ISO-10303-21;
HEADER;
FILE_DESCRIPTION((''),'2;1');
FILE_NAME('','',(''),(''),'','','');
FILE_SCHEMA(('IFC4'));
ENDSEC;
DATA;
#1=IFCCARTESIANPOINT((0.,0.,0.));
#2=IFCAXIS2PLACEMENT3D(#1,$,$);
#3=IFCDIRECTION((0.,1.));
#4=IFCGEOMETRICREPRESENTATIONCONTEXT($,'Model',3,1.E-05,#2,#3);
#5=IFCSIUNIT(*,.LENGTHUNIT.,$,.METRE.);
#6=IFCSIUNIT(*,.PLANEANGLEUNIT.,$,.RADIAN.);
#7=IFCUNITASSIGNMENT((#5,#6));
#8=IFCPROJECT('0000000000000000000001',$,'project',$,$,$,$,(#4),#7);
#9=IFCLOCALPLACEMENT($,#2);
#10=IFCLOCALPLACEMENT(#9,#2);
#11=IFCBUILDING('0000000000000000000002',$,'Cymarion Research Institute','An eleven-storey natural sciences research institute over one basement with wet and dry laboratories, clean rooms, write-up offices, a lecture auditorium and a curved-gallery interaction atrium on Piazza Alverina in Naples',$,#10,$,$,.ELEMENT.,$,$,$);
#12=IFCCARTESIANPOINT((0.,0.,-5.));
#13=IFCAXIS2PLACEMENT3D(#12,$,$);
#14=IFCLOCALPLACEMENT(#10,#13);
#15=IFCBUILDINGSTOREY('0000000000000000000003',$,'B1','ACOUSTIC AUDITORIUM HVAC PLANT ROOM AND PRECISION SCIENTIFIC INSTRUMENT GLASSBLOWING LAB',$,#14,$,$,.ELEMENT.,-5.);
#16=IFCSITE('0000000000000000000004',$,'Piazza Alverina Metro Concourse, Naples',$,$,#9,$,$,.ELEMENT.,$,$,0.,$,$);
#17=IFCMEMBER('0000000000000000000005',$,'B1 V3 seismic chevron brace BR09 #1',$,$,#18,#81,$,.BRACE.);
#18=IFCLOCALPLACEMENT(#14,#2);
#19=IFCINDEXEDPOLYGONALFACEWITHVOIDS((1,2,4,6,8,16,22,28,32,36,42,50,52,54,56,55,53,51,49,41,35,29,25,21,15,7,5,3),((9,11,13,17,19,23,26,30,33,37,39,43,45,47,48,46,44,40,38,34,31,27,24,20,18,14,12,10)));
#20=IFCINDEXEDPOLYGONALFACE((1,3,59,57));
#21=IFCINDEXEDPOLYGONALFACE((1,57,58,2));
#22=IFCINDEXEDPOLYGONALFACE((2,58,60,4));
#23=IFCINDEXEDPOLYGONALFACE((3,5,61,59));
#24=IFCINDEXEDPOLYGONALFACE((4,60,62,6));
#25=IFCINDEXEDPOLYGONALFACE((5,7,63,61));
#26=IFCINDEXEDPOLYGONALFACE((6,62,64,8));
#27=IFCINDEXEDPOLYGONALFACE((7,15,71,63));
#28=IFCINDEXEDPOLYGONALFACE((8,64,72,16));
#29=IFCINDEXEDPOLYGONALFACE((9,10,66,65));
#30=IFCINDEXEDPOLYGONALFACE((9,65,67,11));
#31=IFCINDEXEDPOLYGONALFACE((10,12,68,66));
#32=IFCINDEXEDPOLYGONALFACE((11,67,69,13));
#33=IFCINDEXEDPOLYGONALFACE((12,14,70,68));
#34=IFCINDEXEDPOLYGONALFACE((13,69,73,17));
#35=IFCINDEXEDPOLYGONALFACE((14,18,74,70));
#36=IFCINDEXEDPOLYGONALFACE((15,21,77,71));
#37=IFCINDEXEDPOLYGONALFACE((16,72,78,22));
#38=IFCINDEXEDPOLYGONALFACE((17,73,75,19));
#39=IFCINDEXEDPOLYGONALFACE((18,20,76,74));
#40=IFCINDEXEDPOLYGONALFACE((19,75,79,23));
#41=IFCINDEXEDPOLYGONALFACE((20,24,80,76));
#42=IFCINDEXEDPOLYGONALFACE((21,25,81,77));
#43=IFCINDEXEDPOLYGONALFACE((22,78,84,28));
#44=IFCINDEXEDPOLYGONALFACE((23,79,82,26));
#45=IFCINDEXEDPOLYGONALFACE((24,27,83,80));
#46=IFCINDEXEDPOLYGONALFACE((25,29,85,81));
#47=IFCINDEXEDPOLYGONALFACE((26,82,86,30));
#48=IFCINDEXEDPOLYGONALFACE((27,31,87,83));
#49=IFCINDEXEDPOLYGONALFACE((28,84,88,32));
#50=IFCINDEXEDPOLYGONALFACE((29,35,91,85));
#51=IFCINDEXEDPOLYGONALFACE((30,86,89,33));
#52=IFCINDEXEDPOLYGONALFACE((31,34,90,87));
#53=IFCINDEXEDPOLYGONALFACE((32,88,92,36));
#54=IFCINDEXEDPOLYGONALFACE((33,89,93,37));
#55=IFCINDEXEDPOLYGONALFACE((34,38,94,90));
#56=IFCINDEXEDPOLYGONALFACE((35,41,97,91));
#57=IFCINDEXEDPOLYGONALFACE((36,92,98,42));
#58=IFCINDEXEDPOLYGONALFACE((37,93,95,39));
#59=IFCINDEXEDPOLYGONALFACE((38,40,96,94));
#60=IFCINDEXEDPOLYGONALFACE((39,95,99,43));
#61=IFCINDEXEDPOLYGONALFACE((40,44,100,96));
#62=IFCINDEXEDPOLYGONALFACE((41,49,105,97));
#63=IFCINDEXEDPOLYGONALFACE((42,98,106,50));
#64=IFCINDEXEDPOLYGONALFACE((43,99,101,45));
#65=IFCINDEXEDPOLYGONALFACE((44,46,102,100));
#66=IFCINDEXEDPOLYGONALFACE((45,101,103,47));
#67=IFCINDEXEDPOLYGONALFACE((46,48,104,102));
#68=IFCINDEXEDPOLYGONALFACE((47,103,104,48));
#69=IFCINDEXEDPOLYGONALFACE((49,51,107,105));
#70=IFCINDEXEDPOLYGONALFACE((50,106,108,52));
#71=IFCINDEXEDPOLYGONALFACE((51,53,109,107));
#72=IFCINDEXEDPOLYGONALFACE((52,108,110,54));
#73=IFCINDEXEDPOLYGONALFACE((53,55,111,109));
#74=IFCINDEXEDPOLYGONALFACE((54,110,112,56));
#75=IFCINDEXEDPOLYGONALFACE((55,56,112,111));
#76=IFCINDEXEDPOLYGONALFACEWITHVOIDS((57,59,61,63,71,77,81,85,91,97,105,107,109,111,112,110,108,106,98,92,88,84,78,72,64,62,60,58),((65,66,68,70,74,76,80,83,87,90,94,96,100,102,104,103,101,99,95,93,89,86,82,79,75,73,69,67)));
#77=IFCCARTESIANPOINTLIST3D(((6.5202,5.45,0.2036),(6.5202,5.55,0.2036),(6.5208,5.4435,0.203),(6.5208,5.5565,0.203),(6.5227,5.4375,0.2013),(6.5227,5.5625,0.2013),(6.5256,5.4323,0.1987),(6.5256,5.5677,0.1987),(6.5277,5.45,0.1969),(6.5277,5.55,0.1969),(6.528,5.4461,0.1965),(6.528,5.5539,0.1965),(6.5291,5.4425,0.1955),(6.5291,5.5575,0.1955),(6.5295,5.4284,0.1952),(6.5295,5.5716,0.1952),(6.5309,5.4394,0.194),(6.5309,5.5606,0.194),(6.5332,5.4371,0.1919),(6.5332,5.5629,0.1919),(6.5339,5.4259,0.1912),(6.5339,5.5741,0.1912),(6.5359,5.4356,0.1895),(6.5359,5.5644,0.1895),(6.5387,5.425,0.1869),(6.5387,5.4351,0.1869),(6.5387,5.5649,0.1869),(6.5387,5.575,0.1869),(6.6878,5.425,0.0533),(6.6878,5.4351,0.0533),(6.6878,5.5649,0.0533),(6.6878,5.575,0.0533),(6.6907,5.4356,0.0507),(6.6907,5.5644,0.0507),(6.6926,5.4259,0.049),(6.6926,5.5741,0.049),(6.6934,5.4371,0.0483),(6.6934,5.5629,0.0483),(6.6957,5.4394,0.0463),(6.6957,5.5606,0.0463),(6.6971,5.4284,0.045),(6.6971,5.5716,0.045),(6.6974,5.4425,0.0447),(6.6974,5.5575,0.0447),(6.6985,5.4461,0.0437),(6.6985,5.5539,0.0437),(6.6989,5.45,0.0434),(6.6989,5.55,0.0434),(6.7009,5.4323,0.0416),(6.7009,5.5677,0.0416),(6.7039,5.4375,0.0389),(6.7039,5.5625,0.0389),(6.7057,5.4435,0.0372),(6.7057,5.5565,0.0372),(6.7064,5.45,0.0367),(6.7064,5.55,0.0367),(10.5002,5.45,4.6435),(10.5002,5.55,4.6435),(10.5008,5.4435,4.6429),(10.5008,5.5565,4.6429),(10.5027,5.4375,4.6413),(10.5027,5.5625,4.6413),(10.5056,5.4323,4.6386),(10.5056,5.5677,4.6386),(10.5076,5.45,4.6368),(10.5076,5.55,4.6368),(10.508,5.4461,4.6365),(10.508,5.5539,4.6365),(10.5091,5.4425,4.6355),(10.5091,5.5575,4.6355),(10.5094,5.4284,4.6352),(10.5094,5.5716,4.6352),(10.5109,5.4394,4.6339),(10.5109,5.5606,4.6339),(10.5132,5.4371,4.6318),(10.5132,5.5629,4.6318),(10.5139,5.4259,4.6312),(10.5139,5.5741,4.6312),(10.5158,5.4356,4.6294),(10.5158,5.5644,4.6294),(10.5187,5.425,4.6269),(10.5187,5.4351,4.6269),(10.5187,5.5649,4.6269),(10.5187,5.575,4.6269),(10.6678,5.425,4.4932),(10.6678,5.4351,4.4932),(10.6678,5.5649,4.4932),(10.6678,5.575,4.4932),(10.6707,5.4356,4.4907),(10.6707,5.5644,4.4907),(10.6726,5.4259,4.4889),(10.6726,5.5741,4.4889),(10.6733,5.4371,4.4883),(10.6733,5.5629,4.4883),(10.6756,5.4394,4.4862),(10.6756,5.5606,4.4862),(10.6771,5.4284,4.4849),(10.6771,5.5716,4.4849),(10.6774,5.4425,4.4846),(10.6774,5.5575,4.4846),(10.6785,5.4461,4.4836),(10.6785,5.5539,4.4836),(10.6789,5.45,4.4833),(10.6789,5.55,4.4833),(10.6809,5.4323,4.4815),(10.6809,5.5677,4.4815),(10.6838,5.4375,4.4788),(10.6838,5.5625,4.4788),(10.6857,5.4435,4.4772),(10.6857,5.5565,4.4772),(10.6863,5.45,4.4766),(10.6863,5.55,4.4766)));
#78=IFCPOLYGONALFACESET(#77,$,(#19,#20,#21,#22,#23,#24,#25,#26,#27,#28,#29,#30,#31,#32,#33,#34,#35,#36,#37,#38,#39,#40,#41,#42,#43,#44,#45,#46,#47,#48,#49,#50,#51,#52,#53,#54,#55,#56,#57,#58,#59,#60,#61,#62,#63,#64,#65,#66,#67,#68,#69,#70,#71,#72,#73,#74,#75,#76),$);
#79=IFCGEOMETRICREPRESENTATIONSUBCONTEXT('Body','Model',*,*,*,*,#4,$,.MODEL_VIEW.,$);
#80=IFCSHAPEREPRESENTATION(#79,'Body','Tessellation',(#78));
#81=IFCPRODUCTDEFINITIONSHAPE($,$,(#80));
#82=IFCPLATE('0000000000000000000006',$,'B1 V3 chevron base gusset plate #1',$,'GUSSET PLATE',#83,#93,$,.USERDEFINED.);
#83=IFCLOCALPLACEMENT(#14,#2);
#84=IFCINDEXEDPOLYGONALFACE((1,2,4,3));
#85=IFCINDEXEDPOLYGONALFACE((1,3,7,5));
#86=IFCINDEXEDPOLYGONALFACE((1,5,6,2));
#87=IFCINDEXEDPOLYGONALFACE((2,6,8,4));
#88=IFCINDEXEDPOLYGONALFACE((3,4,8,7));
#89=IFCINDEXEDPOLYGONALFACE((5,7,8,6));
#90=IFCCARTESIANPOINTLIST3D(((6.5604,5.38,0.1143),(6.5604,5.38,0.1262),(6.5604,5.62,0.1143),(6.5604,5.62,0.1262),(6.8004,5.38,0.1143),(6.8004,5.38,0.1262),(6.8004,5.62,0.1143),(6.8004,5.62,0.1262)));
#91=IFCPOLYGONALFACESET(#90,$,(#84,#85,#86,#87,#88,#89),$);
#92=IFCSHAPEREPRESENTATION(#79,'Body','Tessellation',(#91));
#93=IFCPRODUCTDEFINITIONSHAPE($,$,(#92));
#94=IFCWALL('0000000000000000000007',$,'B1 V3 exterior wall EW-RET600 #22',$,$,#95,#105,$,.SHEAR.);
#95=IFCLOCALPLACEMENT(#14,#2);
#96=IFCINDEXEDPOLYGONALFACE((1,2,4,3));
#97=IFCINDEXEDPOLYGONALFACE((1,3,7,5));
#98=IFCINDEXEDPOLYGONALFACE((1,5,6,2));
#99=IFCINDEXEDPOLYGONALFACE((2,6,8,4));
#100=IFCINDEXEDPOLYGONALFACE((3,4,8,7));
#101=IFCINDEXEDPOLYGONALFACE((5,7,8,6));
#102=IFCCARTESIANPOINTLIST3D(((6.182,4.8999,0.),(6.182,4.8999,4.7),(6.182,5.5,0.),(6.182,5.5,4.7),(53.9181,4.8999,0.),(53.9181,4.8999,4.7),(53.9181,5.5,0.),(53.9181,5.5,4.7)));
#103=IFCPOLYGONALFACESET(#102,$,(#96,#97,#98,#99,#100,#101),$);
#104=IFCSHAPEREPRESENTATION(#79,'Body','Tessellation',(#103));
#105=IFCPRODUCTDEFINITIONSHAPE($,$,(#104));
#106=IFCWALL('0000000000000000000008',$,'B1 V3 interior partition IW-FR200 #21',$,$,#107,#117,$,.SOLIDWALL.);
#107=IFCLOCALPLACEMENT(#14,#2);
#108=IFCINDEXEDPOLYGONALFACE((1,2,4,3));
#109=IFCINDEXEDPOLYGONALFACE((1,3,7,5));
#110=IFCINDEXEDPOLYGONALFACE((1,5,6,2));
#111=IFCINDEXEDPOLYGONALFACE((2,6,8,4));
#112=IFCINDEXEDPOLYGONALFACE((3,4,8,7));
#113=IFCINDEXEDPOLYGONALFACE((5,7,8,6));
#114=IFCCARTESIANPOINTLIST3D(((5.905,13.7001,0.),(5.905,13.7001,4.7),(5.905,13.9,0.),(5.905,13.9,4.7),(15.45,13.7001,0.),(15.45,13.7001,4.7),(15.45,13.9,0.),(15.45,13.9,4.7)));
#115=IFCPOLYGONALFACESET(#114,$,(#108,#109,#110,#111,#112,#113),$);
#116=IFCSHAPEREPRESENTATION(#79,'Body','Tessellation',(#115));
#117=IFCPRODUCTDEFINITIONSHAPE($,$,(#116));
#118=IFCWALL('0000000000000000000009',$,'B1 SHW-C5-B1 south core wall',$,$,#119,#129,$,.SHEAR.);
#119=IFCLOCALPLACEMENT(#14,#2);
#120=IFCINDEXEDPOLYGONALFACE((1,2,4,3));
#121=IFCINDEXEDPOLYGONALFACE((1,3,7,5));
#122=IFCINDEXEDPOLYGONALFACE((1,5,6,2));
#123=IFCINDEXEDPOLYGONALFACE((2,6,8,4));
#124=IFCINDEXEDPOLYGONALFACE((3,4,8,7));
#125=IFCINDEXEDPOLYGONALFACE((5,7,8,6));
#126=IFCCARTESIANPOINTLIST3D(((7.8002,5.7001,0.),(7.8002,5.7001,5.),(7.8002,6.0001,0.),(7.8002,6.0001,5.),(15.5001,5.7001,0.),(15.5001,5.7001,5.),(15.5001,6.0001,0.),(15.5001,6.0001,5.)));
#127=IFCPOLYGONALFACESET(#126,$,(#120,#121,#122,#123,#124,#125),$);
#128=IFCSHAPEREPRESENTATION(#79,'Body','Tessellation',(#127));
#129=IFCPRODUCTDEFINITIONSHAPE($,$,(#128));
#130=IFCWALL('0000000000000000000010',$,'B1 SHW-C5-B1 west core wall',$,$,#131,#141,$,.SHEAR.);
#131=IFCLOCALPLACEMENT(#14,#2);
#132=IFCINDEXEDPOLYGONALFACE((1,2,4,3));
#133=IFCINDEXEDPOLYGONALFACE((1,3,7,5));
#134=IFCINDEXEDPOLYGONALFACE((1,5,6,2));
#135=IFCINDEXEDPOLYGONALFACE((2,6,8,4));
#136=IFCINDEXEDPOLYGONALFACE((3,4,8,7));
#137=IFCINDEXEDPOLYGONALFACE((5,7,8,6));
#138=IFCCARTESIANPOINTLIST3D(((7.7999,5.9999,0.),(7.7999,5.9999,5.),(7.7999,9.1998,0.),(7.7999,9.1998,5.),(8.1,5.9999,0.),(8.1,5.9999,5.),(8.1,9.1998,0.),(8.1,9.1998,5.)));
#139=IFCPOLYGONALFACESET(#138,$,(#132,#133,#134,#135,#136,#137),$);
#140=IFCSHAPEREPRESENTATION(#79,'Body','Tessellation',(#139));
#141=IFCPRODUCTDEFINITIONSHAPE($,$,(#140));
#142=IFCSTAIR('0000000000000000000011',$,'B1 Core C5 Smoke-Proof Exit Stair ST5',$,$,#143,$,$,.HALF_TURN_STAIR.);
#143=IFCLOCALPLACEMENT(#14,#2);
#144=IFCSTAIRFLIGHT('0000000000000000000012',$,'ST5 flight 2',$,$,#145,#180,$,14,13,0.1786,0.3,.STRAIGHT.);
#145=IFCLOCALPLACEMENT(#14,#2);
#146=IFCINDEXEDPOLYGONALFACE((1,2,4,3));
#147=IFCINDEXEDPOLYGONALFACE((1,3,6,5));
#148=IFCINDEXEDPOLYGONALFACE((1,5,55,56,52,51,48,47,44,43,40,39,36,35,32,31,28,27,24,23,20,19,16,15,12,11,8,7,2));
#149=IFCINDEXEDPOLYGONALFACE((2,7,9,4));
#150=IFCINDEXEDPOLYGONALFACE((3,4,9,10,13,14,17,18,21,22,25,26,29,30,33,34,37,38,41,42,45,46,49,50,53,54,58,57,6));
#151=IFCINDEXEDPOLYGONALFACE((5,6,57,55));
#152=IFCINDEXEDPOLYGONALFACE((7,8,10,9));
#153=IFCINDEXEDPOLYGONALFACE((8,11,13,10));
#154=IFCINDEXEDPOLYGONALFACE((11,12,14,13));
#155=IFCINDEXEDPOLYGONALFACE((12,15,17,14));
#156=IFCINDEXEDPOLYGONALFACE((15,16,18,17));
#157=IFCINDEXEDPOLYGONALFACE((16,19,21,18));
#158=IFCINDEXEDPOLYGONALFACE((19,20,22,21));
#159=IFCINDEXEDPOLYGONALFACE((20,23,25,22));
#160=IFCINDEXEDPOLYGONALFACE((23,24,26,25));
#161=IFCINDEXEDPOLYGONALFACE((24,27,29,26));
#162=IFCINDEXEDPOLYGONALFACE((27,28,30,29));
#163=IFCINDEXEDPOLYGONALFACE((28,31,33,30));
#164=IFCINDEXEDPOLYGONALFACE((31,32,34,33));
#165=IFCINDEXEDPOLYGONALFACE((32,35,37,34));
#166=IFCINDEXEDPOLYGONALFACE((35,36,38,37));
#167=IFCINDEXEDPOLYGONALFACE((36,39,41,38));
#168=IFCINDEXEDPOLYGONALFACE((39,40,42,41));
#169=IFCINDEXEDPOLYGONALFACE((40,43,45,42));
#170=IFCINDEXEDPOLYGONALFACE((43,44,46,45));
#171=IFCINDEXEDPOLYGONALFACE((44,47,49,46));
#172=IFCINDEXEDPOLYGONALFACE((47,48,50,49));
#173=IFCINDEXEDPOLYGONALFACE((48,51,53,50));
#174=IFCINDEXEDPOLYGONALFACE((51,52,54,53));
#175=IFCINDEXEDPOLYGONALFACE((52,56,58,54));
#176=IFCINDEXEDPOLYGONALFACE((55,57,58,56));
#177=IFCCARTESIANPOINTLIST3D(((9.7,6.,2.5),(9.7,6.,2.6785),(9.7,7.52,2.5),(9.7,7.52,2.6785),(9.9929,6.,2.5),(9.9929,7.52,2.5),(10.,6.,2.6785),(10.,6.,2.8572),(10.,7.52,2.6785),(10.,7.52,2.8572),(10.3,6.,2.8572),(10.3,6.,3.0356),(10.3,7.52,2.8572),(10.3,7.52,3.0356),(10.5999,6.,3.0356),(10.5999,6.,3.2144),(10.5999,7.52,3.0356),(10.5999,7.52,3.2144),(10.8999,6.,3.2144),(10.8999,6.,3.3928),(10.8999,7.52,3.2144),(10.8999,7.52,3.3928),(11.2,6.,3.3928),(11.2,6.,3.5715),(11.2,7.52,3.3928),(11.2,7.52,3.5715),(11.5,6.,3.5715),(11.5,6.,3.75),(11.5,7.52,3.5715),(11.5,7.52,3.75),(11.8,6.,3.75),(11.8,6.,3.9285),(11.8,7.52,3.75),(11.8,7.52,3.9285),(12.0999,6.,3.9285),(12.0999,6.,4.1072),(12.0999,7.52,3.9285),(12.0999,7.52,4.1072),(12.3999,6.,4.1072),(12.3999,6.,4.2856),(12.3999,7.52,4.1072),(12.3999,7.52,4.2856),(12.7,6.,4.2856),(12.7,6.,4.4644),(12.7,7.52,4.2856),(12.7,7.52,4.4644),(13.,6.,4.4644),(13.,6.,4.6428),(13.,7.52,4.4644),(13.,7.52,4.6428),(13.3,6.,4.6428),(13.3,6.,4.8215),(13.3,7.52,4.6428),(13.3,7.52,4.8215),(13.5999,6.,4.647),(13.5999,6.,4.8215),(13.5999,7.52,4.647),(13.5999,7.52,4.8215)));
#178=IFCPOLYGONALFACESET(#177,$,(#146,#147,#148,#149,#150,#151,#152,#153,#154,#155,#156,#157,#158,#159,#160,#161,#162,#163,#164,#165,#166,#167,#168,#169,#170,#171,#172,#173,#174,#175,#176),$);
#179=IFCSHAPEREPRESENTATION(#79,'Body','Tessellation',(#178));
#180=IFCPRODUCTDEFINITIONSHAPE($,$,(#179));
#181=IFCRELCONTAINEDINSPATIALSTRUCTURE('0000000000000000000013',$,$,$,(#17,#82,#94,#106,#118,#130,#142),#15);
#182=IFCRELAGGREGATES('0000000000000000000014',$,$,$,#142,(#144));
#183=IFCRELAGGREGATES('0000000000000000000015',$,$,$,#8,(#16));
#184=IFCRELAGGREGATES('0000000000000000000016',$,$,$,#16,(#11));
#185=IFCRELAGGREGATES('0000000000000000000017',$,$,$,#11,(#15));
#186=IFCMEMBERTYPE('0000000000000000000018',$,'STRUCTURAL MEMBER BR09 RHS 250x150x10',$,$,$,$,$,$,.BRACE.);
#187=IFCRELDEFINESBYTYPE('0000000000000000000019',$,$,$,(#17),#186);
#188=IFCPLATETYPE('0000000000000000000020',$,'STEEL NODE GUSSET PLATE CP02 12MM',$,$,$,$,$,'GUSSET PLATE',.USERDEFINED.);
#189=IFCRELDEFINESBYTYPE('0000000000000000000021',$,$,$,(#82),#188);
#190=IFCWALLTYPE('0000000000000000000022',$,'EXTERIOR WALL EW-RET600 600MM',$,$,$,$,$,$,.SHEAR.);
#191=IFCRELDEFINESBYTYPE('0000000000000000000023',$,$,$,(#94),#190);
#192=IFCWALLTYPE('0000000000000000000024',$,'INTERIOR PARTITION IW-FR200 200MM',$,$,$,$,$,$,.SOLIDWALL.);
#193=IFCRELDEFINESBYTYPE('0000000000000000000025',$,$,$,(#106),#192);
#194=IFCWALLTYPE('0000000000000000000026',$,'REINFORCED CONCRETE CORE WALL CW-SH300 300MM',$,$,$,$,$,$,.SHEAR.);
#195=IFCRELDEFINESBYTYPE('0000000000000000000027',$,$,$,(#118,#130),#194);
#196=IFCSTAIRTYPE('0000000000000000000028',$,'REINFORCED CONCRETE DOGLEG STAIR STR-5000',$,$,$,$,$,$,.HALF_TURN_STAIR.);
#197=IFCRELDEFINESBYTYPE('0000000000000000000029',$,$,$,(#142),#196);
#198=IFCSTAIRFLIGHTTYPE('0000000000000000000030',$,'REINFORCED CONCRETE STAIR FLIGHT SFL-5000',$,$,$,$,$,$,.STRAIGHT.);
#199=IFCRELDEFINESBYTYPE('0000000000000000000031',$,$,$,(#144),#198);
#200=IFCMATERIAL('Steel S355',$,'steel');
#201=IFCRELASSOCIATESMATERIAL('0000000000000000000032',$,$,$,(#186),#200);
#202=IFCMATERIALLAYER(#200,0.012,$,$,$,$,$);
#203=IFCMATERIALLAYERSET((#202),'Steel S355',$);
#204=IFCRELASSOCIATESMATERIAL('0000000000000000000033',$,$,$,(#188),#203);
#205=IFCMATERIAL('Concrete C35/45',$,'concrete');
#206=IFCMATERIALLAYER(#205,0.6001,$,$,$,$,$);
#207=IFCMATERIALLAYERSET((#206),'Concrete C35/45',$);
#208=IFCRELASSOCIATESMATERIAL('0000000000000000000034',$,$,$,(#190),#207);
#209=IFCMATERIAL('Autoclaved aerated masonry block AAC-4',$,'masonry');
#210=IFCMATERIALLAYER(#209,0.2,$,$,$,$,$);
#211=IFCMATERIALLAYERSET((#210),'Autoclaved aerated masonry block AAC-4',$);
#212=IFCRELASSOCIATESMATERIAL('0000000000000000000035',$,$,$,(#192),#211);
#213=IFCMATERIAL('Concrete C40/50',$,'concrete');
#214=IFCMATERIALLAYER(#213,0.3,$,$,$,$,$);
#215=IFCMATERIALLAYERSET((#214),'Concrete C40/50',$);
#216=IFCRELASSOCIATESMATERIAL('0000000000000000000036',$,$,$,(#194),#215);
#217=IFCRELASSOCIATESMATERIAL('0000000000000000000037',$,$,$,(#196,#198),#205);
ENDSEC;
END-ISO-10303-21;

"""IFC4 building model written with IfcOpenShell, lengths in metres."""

from ifc_helpers import new_model, si_unit, direction, frame, frame_2d, origin, origin_2d, place, context, subcontext, project, spatial, polyline, rectangle, hollow_rectangle, outline, extrude, material, layer, layer_set, material_profile, profile_set, type_object, element, aggregate, save


model = new_model("IFC4")

# Units and contexts
model_context = context("Model", 3, precision=1e-05, world=origin(), true_north=direction((0.0, 1.0)))
body_context = subcontext(model_context, "Body", "Model", "MODEL_VIEW")
ifc_project = project(units=[si_unit("LENGTHUNIT", "METRE"), si_unit("PLANEANGLEUNIT", "RADIAN")], contexts=[model_context])

# Site, building, storey
site_placement = place(None, origin())
site = spatial("IfcSite", under=ifc_project, at=site_placement, Name="Piazza Alverina Metro Concourse, Naples", CompositionType="ELEMENT", RefElevation=0.0)
building_placement = place(site_placement, origin())
building = spatial("IfcBuilding", under=site, at=building_placement, Name="Cymarion Research Institute", Description="An eleven-storey natural sciences research institute over one basement with wet and dry laboratories, clean rooms, write-up offices, a lecture auditorium and a curved-gallery interaction atrium on Piazza Alverina in Naples", CompositionType="ELEMENT")
storey_placement = place(building_placement, frame((0.0, 0.0, -5.0)))
storey = spatial("IfcBuildingStorey", under=building, at=storey_placement, Name="B1", Description="ACOUSTIC AUDITORIUM HVAC PLANT ROOM AND PRECISION SCIENTIFIC INSTRUMENT GLASSBLOWING LAB", CompositionType="ELEMENT", Elevation=-5.0)

# Shared definitions
ifc_material_1 = material(Name="Concrete C35/45", Category="concrete")

# Shared definitions
ifc_material_2 = material(Name="Concrete C40/50", Category="concrete")
ifc_material_3 = material(Name="Steel S355", Category="steel")

# Member
ifc_material_profile_1 = material_profile(ifc_material_3, hollow_rectangle(XDim=0.1499, YDim=0.25, WallThickness=0.01, InnerFilletRadius=0.0149, OuterFilletRadius=0.0249, at=origin_2d()), Name="RHS 250x150x10")
ifc_profile_set_1 = profile_set([ifc_material_profile_1], Name="Steel S355")
member_type = type_object("IfcMemberType", Name="STRUCTURAL MEMBER BR09 RHS 250x150x10", PredefinedType="BRACE", material=ifc_profile_set_1)
member_placement = place(storey_placement, frame((6.6133, 5.5, 0.1201), z_axis=(0.667484, 0.0, 0.744624), x_axis=(0.0, 1.0, 0.0)))
element("IfcMember", 1, at=member_placement, inside=storey, type_object=member_type, Name="B1 V3 seismic chevron brace BR09 #1", PredefinedType="BRACE", context=body_context, shape_type="SweptSolid", body=[
    extrude(hollow_rectangle(XDim=0.1499, YDim=0.25, WallThickness=0.01, InnerFilletRadius=0.0149, OuterFilletRadius=0.0249, at=origin_2d()), origin(), (0.0, 0.0, 1.0), 5.9626),
])

# Plate
ifc_layer_1 = layer(ifc_material_3, 0.012)
ifc_layer_set_1 = layer_set([ifc_layer_1], Name="Steel S355")
plate_type = type_object("IfcPlateType", Name="STEEL NODE GUSSET PLATE CP02 12MM", ElementType="GUSSET PLATE", PredefinedType="USERDEFINED", material=ifc_layer_set_1)
plate_placement = place(storey_placement, frame((6.6804, 5.5, 0.1143), z_axis=(0.0, 0.0, 1.0), x_axis=(1.0, 0.0, 0.0)))
element("IfcPlate", 2, at=plate_placement, inside=storey, type_object=plate_type, Name="B1 V3 chevron base gusset plate #1", ObjectType="GUSSET PLATE", PredefinedType="USERDEFINED", context=body_context, shape_type="SweptSolid", body=[
    extrude(rectangle(XDim=0.24, YDim=0.24, at=origin_2d()), origin(), (0.0, 0.0, 1.0), 0.012),
])

# Walls
ifc_layer_2 = layer(ifc_material_1, 0.6001)
ifc_layer_set_2 = layer_set([ifc_layer_2], Name="Concrete C35/45")
wall_type_1 = type_object("IfcWallType", Name="EXTERIOR WALL EW-RET600 600MM", PredefinedType="SHEAR", material=ifc_layer_set_2)
wall_1_placement = place(storey_placement, frame((6.1819, 5.2, 0.0), z_axis=(0.0, 0.0, 1.0), x_axis=(1.0, 0.0, 0.0)))
element("IfcWall", 3, at=wall_1_placement, inside=storey, type_object=wall_type_1, Name="B1 V3 exterior wall EW-RET600 #22", PredefinedType="SHEAR", context=body_context, shape_type="SweptSolid", body=[
    extrude(rectangle(XDim=47.7361, YDim=0.6001, at=frame_2d((23.8682, 0.0))), origin(), (0.0, 0.0, 1.0), 4.7),
])
ifc_material_4 = material(Name="Autoclaved aerated masonry block AAC-4", Category="masonry")
ifc_layer_3 = layer(ifc_material_4, 0.2)
ifc_layer_set_3 = layer_set([ifc_layer_3], Name="Autoclaved aerated masonry block AAC-4")
wall_type_2 = type_object("IfcWallType", Name="INTERIOR PARTITION IW-FR200 200MM", PredefinedType="SOLIDWALL", material=ifc_layer_set_3)
wall_2_placement = place(storey_placement, frame((5.905, 13.8, 0.0), z_axis=(0.0, 0.0, 1.0), x_axis=(1.0, 0.0, 0.0)))
element("IfcWall", 4, at=wall_2_placement, inside=storey, type_object=wall_type_2, Name="B1 V3 interior partition IW-FR200 #21", PredefinedType="SOLIDWALL", context=body_context, shape_type="SweptSolid", body=[
    extrude(rectangle(XDim=9.5449, YDim=0.2, at=frame_2d((4.7725, 0.0))), origin(), (0.0, 0.0, 1.0), 4.7),
])
ifc_layer_4 = layer(ifc_material_2, 0.3)
ifc_layer_set_4 = layer_set([ifc_layer_4], Name="Concrete C40/50")
wall_type_3 = type_object("IfcWallType", Name="REINFORCED CONCRETE CORE WALL CW-SH300 300MM", PredefinedType="SHEAR", material=ifc_layer_set_4)
wall_3_placement = place(storey_placement, frame((7.8, 5.8501, 0.0), z_axis=(0.0, 0.0, 1.0), x_axis=(1.0, 0.0, 0.0)))
element("IfcWall", 5, at=wall_3_placement, inside=storey, type_object=wall_type_3, Name="B1 SHW-C5-B1 south core wall", PredefinedType="SHEAR", context=body_context, shape_type="SweptSolid", body=[
    extrude(rectangle(XDim=7.7, YDim=0.3, at=frame_2d((3.8501, 0.0))), origin(), (0.0, 0.0, 1.0), 5.0),
])
wall_4_placement = place(storey_placement, frame((7.95, 9.2, 0.0), z_axis=(0.0, 0.0, 1.0), x_axis=(0.0, -1.0, 0.0)))
element("IfcWall", 6, at=wall_4_placement, inside=storey, type_object=wall_type_3, Name="B1 SHW-C5-B1 west core wall", PredefinedType="SHEAR", context=body_context, shape_type="SweptSolid", body=[
    extrude(rectangle(XDim=3.2, YDim=0.3, at=frame_2d((1.6001, 0.0))), origin(), (0.0, 0.0, 1.0), 5.0),
])

# Stair, stair flight
stair_type = type_object("IfcStairType", Name="REINFORCED CONCRETE DOGLEG STAIR STR-5000", PredefinedType="HALF_TURN_STAIR", material=ifc_material_1)
stair_placement = place(storey_placement, origin())
stair = element("IfcStair", 7, at=stair_placement, inside=storey, type_object=stair_type, Name="B1 Core C5 Smoke-Proof Exit Stair ST5", PredefinedType="HALF_TURN_STAIR")
stair_flight_type = type_object("IfcStairFlightType", Name="REINFORCED CONCRETE STAIR FLIGHT SFL-5000", PredefinedType="STRAIGHT", material=ifc_material_1)
stair_flight_placement = place(storey_placement, frame((9.7, 6.76, 2.5), z_axis=(0.0, 0.0, 1.0), x_axis=(1.0, 0.0, 0.0)))
stair_flight = element("IfcStairFlight", 8, at=stair_flight_placement, type_object=stair_flight_type, Name="ST5 flight 2", NumberOfRisers=14, NumberOfTreads=13, PredefinedType="STRAIGHT", RiserHeight=0.1786, TreadLength=0.3, context=body_context, shape_type="SweptSolid", body=[
    extrude(outline(polyline([(0.0, 0.0), (0.0, 0.1785), (0.3, 0.1785), (0.3, 0.3572), (0.6001, 0.3572), (0.6001, 0.5356), (0.8999, 0.5356), (0.8999, 0.7144), (1.2, 0.7144), (1.2, 0.8928), (1.5, 0.8928), (1.5, 1.0715), (1.8, 1.0715), (1.8, 1.25), (2.1001, 1.25), (2.1001, 1.4285), (2.3999, 1.4285), (2.3999, 1.6072), (2.7, 1.6072), (2.7, 1.7856), (3.0, 1.7856), (3.0, 1.9644), (3.3, 1.9644), (3.3, 2.1428), (3.6001, 2.1428), (3.6001, 2.3215), (3.8999, 2.3215), (3.8999, 2.5), (3.8999, 2.147), (0.293, 0.0), (0.0, 0.0)])), frame((0.0, 0.76, 0.0), z_axis=(0.0, -1.0, 0.0), x_axis=(1.0, 0.0, 0.0)), (0.0, 0.0, 1.0), 1.52),
])
aggregate(stair, [stair_flight])

save(model, "model.ifc")
